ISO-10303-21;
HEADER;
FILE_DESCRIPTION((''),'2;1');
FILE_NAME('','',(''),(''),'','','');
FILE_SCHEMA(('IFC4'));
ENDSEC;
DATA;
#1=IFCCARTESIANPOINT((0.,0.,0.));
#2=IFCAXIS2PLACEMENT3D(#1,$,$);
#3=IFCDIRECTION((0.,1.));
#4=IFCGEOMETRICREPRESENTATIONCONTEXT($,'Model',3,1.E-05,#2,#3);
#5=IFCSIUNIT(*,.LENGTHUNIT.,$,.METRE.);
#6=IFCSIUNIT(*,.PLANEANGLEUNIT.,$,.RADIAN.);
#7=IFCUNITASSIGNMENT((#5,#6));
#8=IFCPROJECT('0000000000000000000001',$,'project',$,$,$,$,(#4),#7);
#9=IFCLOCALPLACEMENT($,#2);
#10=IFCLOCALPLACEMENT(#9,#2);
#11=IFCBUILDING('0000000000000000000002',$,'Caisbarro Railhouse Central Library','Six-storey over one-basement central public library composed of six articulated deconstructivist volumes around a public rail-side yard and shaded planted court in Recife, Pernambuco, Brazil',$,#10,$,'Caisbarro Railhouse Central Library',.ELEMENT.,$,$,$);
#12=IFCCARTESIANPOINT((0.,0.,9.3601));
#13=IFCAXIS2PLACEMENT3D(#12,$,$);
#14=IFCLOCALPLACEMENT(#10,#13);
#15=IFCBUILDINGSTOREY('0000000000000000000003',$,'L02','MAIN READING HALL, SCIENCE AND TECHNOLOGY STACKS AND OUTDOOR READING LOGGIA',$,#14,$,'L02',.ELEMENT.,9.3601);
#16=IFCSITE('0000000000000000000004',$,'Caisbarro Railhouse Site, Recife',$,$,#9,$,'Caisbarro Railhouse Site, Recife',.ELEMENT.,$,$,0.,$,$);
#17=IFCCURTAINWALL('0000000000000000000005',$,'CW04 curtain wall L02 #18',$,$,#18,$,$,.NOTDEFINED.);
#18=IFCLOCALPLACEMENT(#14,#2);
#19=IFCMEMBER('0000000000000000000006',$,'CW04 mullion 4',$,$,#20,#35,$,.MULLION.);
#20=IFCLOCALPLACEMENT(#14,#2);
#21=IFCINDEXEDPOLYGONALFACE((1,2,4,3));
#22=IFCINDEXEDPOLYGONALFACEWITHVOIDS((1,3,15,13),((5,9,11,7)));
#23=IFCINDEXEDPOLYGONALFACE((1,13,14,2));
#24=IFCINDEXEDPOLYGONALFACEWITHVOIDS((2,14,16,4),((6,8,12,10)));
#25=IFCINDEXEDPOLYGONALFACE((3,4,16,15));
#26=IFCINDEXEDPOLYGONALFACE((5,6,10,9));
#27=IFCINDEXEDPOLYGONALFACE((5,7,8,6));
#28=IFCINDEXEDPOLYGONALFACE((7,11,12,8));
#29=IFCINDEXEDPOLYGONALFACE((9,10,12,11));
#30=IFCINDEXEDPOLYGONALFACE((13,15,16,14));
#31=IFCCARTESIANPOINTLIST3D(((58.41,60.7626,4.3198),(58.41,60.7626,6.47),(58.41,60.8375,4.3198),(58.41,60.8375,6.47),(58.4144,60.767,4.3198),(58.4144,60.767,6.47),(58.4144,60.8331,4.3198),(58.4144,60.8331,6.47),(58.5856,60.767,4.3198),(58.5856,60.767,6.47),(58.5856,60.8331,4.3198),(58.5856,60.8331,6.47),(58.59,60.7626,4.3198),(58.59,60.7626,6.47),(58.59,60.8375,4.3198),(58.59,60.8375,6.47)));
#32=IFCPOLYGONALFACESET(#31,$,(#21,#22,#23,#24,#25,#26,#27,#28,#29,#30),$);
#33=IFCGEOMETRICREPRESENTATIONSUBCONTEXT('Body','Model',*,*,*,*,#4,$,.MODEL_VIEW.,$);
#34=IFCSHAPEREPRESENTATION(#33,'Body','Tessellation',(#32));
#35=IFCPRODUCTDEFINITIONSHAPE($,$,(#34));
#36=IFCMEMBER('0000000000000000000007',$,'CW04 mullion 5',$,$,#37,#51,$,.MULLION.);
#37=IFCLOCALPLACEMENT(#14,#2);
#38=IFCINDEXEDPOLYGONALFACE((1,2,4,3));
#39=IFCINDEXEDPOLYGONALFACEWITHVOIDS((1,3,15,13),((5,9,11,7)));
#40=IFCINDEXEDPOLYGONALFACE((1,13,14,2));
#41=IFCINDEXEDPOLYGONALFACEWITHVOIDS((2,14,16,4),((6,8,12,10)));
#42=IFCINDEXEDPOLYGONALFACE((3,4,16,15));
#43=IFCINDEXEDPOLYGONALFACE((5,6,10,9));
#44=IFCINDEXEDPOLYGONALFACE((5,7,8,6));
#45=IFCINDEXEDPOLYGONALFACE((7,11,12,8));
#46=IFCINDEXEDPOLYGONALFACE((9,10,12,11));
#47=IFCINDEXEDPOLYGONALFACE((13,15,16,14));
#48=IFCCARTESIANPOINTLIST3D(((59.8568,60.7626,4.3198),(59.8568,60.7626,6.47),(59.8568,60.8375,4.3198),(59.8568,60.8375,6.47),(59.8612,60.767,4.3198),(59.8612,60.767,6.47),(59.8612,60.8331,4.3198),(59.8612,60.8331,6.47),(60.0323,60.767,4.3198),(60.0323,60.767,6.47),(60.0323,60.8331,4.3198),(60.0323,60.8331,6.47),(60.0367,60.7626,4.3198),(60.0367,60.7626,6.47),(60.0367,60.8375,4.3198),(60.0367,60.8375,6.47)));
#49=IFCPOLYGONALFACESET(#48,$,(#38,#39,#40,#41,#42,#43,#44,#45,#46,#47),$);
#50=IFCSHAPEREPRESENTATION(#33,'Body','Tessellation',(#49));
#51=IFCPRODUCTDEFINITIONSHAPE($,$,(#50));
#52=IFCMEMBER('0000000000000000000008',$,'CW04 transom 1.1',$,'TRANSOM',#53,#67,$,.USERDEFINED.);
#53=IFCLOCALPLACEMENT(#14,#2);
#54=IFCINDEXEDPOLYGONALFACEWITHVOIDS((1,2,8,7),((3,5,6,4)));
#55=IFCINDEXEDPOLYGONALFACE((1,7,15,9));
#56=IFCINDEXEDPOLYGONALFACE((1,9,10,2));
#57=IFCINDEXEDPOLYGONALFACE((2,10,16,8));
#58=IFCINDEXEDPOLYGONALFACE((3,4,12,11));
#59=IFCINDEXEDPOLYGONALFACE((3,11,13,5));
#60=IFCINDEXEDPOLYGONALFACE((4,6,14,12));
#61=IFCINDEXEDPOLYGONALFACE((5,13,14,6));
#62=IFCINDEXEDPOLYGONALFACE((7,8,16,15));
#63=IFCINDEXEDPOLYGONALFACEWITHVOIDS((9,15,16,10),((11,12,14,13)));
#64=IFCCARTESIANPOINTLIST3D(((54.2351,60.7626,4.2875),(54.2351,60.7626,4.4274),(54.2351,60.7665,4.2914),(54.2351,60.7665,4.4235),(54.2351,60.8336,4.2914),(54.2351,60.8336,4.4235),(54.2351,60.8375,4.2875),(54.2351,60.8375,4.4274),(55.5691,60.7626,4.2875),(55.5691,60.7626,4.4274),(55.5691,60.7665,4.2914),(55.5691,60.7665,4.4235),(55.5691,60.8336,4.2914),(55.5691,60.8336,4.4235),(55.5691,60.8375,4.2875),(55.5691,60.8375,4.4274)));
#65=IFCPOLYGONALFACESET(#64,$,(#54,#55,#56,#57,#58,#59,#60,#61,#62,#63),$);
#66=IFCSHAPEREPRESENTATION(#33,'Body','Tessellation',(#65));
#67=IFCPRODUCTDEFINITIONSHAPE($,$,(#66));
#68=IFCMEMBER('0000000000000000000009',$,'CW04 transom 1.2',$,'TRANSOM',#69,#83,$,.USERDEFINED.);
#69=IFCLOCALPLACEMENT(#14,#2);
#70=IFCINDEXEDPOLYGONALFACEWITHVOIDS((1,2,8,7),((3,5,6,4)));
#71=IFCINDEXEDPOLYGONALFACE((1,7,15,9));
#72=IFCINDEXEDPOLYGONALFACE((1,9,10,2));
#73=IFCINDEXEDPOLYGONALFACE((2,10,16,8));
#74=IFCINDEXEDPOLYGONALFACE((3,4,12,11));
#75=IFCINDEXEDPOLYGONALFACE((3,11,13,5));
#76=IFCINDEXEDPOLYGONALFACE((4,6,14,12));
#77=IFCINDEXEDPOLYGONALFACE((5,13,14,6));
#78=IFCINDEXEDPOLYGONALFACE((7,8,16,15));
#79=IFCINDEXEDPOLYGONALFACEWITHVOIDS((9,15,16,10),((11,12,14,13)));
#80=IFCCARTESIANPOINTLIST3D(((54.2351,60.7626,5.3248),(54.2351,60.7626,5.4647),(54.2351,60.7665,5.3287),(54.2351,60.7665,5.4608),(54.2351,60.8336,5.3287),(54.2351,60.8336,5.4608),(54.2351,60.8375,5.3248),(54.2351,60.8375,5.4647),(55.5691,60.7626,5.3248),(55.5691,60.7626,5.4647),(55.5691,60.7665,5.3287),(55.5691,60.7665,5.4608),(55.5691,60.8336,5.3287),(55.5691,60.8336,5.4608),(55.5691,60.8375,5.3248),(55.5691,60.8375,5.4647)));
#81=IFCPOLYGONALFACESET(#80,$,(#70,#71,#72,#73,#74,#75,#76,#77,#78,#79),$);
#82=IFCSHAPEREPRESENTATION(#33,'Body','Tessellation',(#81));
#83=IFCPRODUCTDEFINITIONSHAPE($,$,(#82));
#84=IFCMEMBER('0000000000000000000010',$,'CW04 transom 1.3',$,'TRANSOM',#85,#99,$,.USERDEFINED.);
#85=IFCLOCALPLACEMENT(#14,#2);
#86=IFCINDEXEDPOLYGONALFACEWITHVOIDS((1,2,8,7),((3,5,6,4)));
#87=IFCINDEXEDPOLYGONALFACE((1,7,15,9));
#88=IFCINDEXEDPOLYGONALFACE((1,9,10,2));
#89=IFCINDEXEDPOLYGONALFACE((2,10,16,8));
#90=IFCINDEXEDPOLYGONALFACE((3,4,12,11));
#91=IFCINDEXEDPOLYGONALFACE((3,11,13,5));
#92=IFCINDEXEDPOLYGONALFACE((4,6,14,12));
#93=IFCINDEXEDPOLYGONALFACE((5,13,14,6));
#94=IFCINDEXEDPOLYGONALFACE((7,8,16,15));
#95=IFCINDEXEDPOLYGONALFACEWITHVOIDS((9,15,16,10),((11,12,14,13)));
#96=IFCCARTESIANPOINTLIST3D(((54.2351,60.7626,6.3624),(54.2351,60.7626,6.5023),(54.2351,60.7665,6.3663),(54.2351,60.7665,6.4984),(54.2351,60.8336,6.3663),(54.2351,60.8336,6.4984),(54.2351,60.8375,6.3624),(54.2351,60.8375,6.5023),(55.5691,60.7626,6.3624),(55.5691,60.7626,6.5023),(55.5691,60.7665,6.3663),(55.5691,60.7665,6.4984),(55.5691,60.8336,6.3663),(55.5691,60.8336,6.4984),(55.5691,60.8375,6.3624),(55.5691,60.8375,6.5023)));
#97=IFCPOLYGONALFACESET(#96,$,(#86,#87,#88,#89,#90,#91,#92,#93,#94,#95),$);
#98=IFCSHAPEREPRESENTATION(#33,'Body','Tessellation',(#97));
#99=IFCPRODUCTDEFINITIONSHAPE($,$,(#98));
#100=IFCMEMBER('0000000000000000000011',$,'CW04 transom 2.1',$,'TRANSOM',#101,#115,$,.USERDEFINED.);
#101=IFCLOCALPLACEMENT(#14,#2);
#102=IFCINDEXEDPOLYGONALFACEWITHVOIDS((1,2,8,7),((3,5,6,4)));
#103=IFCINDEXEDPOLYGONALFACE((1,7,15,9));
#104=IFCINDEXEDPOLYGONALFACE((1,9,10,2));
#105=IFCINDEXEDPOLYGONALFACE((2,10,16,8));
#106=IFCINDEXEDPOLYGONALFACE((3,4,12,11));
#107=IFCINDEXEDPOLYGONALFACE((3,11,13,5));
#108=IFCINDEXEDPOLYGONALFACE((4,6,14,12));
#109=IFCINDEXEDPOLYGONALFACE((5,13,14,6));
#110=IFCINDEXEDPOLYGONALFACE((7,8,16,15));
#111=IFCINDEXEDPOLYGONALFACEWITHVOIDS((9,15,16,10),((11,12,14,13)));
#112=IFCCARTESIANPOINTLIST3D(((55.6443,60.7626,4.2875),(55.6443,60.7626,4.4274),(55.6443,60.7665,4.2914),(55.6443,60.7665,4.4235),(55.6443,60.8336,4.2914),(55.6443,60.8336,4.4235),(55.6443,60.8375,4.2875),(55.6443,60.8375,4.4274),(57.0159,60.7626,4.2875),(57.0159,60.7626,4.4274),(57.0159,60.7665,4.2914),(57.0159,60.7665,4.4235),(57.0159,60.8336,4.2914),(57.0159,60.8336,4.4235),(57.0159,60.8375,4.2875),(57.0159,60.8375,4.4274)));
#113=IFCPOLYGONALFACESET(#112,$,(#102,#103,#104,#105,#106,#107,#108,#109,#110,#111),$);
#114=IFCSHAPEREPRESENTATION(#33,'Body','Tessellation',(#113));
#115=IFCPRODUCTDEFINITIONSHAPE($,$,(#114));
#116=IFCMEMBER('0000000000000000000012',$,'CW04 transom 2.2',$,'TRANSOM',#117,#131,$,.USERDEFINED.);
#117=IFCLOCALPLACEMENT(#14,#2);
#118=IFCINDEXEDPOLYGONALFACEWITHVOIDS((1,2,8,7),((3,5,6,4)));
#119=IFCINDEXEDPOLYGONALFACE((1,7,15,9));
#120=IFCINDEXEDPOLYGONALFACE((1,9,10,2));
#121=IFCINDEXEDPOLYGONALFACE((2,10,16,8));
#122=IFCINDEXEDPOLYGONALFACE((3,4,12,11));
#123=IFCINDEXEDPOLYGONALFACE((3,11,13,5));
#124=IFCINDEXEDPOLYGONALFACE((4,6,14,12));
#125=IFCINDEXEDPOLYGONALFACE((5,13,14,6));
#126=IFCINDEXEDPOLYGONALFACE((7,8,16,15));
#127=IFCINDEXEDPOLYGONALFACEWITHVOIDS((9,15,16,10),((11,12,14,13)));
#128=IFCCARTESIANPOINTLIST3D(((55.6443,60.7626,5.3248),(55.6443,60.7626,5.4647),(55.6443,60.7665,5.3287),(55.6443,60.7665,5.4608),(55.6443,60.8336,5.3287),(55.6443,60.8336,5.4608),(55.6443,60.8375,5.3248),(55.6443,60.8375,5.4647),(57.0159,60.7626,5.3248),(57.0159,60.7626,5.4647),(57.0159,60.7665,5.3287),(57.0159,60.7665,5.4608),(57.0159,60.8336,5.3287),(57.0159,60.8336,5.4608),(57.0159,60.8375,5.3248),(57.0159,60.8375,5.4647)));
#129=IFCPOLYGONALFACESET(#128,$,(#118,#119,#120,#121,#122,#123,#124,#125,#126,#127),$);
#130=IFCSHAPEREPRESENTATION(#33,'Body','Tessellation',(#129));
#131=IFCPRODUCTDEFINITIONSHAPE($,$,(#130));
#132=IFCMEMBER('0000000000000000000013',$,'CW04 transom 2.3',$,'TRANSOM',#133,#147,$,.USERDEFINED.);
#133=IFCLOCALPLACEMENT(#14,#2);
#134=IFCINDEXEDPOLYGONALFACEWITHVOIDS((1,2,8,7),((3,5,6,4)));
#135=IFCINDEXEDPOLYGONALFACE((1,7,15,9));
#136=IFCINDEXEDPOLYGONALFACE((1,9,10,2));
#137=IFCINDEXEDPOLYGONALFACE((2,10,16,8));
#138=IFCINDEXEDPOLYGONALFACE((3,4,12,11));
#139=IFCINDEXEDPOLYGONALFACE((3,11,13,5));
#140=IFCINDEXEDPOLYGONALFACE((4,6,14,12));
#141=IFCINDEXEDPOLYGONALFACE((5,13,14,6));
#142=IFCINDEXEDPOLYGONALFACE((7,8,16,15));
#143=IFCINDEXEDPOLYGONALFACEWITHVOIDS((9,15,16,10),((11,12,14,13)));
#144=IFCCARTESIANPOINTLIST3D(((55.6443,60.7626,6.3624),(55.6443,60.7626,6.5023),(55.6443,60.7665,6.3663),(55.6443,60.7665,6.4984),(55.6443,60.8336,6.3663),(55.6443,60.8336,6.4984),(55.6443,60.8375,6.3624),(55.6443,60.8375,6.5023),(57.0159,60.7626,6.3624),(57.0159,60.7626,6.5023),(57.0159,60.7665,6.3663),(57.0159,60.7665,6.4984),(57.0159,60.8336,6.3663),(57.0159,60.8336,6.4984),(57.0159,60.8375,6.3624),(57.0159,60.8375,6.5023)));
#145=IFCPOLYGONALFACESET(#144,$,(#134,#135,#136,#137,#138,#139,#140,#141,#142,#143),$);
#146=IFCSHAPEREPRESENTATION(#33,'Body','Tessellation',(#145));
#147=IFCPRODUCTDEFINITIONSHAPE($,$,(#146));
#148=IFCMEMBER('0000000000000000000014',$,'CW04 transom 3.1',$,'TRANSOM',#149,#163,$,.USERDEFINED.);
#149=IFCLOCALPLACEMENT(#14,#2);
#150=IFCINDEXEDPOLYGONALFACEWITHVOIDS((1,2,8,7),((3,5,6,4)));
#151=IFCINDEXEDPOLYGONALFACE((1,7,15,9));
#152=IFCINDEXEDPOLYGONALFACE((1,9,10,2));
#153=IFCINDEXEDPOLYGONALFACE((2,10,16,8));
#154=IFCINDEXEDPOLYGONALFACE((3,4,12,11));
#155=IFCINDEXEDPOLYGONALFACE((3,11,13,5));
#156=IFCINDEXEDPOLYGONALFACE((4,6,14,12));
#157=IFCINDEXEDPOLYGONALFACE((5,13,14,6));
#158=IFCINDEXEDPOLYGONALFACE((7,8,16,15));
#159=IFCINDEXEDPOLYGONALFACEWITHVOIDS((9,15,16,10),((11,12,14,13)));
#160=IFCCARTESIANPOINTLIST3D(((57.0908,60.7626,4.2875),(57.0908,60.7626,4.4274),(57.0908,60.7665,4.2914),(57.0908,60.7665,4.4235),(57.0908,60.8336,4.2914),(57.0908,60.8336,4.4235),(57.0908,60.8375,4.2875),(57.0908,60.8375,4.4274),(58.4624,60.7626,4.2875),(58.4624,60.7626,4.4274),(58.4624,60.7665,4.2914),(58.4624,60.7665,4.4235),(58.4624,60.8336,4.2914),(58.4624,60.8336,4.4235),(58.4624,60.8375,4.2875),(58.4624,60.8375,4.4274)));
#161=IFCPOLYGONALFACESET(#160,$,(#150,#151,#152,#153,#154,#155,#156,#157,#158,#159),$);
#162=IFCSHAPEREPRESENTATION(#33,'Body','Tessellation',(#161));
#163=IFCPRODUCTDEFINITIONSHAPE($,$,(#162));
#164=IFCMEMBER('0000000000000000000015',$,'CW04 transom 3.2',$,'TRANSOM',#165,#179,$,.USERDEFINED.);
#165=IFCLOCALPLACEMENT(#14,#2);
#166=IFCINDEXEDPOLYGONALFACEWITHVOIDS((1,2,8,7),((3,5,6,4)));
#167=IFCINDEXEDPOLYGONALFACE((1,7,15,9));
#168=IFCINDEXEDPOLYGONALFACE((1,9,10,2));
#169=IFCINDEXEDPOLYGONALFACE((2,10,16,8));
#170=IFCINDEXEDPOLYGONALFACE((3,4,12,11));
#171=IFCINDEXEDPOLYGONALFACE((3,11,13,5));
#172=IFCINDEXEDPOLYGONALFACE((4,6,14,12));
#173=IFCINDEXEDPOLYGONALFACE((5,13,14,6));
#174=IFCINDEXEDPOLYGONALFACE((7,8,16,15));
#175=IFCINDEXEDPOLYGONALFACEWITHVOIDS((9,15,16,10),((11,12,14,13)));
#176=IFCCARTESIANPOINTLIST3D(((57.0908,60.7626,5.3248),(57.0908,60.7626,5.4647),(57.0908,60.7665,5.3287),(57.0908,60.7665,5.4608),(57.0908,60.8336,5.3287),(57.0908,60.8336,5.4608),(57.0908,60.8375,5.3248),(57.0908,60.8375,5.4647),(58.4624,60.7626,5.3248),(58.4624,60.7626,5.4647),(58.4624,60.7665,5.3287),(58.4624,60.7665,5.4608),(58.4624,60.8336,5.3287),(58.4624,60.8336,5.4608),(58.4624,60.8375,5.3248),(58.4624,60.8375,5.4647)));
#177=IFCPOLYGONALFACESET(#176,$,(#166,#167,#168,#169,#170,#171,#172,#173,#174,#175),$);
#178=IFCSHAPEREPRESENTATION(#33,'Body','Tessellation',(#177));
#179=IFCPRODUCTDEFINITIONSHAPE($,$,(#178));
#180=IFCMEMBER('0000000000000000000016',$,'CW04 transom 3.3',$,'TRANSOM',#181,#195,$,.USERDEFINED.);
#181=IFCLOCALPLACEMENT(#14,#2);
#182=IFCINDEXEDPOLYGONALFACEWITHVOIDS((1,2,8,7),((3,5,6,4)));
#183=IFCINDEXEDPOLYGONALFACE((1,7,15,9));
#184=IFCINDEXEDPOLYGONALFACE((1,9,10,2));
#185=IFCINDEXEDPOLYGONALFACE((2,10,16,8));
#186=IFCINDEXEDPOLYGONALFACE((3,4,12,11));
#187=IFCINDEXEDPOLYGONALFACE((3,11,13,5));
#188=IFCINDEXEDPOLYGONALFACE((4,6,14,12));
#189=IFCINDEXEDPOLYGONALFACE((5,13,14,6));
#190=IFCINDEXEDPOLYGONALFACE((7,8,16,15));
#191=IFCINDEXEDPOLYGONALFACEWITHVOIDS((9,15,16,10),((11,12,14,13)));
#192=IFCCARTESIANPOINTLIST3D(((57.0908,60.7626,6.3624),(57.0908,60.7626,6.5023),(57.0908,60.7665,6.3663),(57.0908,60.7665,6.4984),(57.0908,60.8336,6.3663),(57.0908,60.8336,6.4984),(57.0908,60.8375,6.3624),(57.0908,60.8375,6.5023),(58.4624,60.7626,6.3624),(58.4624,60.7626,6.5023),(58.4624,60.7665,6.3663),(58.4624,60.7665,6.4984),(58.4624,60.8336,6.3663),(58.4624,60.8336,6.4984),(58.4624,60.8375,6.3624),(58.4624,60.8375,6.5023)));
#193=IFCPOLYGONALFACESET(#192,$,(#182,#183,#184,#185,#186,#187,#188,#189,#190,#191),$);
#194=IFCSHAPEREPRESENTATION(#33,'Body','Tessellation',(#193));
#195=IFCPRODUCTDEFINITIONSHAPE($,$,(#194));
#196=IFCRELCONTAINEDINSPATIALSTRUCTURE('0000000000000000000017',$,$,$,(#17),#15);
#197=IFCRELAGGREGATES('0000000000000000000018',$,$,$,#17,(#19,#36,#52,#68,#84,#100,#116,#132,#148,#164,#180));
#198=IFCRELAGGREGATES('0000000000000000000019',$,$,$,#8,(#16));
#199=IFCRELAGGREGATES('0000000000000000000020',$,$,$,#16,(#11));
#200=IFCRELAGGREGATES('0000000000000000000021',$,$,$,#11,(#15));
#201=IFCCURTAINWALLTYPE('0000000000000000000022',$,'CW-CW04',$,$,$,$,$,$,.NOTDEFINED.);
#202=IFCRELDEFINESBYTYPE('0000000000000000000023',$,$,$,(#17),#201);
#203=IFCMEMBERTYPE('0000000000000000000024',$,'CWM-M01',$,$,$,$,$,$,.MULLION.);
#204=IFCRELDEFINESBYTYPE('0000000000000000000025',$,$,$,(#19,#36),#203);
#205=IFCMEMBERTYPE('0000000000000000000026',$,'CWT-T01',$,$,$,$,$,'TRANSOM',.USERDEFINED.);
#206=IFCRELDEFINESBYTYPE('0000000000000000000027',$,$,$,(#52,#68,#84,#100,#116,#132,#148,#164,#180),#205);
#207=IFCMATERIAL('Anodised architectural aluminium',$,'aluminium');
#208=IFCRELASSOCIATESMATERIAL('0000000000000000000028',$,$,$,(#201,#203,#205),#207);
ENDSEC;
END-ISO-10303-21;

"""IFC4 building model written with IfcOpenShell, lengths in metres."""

from ifc_helpers import new_model, si_unit, direction, frame, origin, origin_2d, place, context, subcontext, project, spatial, hollow_rectangle, extrude, material, material_profile, profile_set, type_object, element, aggregate, save


model = new_model("IFC4")

# Units and contexts
model_context = context("Model", 3, precision=1e-05, world=origin(), true_north=direction((0.0, 1.0)))
body_context = subcontext(model_context, "Body", "Model", "MODEL_VIEW")
ifc_project = project(units=[si_unit("LENGTHUNIT", "METRE"), si_unit("PLANEANGLEUNIT", "RADIAN")], contexts=[model_context])

# Site, building, storey
site_placement = place(None, origin())
site = spatial("IfcSite", under=ifc_project, at=site_placement, Name="Caisbarro Railhouse Site, Recife", LongName="Caisbarro Railhouse Site, Recife", CompositionType="ELEMENT", RefElevation=0.0)
building_placement = place(site_placement, origin())
building = spatial("IfcBuilding", under=site, at=building_placement, Name="Caisbarro Railhouse Central Library", Description="Six-storey over one-basement central public library composed of six articulated deconstructivist volumes around a public rail-side yard and shaded planted court in Recife, Pernambuco, Brazil", LongName="Caisbarro Railhouse Central Library", CompositionType="ELEMENT")
storey_placement = place(building_placement, frame((0.0, 0.0, 9.3601)))
storey = spatial("IfcBuildingStorey", under=building, at=storey_placement, Name="L02", Description="MAIN READING HALL, SCIENCE AND TECHNOLOGY STACKS AND OUTDOOR READING LOGGIA", LongName="L02", CompositionType="ELEMENT", Elevation=9.3601)

# Curtain wall, members
ifc_material_1 = material(Name="Anodised architectural aluminium", Category="aluminium")
curtain_wall_type = type_object("IfcCurtainWallType", Name="CW-CW04", PredefinedType="NOTDEFINED", material=ifc_material_1)
curtain_wall_placement = place(storey_placement, origin())
curtain_wall = element("IfcCurtainWall", 1, at=curtain_wall_placement, inside=storey, type_object=curtain_wall_type, Name="CW04 curtain wall L02 #18", PredefinedType="NOTDEFINED")
ifc_material_profile_1 = material_profile(ifc_material_1, hollow_rectangle(XDim=0.075, YDim=0.1799, WallThickness=0.0044, at=origin_2d()), Name="ALU-MUL-75X180")
ifc_profile_set_1 = profile_set([ifc_material_profile_1], Name="Anodised architectural aluminium")
member_type_1 = type_object("IfcMemberType", Name="CWM-M01", PredefinedType="MULLION", material=ifc_profile_set_1)
member_1_placement = place(storey_placement, frame((58.5, 60.8, 4.3198), z_axis=(0.0, 0.0, 1.0), x_axis=(0.0, 1.0, 0.0)))
member_1 = element("IfcMember", 2, at=member_1_placement, type_object=member_type_1, Name="CW04 mullion 4", PredefinedType="MULLION", context=body_context, shape_type="SweptSolid", body=[
    extrude(hollow_rectangle(XDim=0.075, YDim=0.1799, WallThickness=0.0044, at=origin_2d()), origin(), (0.0, 0.0, 1.0), 2.1501),
])
member_2_placement = place(storey_placement, frame((59.9468, 60.8, 4.3198), z_axis=(0.0, 0.0, 1.0), x_axis=(0.0, 1.0, 0.0)))
member_2 = element("IfcMember", 3, at=member_2_placement, type_object=member_type_1, Name="CW04 mullion 5", PredefinedType="MULLION", context=body_context, shape_type="SweptSolid", body=[
    extrude(hollow_rectangle(XDim=0.075, YDim=0.1799, WallThickness=0.0044, at=origin_2d()), origin(), (0.0, 0.0, 1.0), 2.1501),
])
ifc_material_profile_2 = material_profile(ifc_material_1, hollow_rectangle(XDim=0.075, YDim=0.1399, WallThickness=0.0039, at=origin_2d()), Name="ALU-TRN-75X140")
ifc_profile_set_2 = profile_set([ifc_material_profile_2], Name="Anodised architectural aluminium")
member_type_2 = type_object("IfcMemberType", Name="CWT-T01", ElementType="TRANSOM", PredefinedType="USERDEFINED", material=ifc_profile_set_2)
member_3_placement = place(storey_placement, frame((54.2351, 60.8, 4.3574), z_axis=(1.0, 0.0, 0.0), x_axis=(0.0, 1.0, 0.0)))
member_3 = element("IfcMember", 4, at=member_3_placement, type_object=member_type_2, Name="CW04 transom 1.1", ObjectType="TRANSOM", PredefinedType="USERDEFINED", context=body_context, shape_type="SweptSolid", body=[
    extrude(hollow_rectangle(XDim=0.075, YDim=0.1399, WallThickness=0.0039, at=origin_2d()), origin(), (0.0, 0.0, 1.0), 1.334),
])
member_4_placement = place(storey_placement, frame((54.2351, 60.8, 5.3948), z_axis=(1.0, 0.0, 0.0), x_axis=(0.0, 1.0, 0.0)))
member_4 = element("IfcMember", 5, at=member_4_placement, type_object=member_type_2, Name="CW04 transom 1.2", ObjectType="TRANSOM", PredefinedType="USERDEFINED", context=body_context, shape_type="SweptSolid", body=[
    extrude(hollow_rectangle(XDim=0.075, YDim=0.1399, WallThickness=0.0039, at=origin_2d()), origin(), (0.0, 0.0, 1.0), 1.334),
])
member_5_placement = place(storey_placement, frame((54.2351, 60.8, 6.4324), z_axis=(1.0, 0.0, 0.0), x_axis=(0.0, 1.0, 0.0)))
member_5 = element("IfcMember", 6, at=member_5_placement, type_object=member_type_2, Name="CW04 transom 1.3", ObjectType="TRANSOM", PredefinedType="USERDEFINED", context=body_context, shape_type="SweptSolid", body=[
    extrude(hollow_rectangle(XDim=0.075, YDim=0.1399, WallThickness=0.0039, at=origin_2d()), origin(), (0.0, 0.0, 1.0), 1.334),
])
member_6_placement = place(storey_placement, frame((55.6443, 60.8, 4.3574), z_axis=(1.0, 0.0, 0.0), x_axis=(0.0, 1.0, 0.0)))
member_6 = element("IfcMember", 7, at=member_6_placement, type_object=member_type_2, Name="CW04 transom 2.1", ObjectType="TRANSOM", PredefinedType="USERDEFINED", context=body_context, shape_type="SweptSolid", body=[
    extrude(hollow_rectangle(XDim=0.075, YDim=0.1399, WallThickness=0.0039, at=origin_2d()), origin(), (0.0, 0.0, 1.0), 1.3716),
])
member_7_placement = place(storey_placement, frame((55.6443, 60.8, 5.3948), z_axis=(1.0, 0.0, 0.0), x_axis=(0.0, 1.0, 0.0)))
member_7 = element("IfcMember", 8, at=member_7_placement, type_object=member_type_2, Name="CW04 transom 2.2", ObjectType="TRANSOM", PredefinedType="USERDEFINED", context=body_context, shape_type="SweptSolid", body=[
    extrude(hollow_rectangle(XDim=0.075, YDim=0.1399, WallThickness=0.0039, at=origin_2d()), origin(), (0.0, 0.0, 1.0), 1.3716),
])
member_8_placement = place(storey_placement, frame((55.6443, 60.8, 6.4324), z_axis=(1.0, 0.0, 0.0), x_axis=(0.0, 1.0, 0.0)))
member_8 = element("IfcMember", 9, at=member_8_placement, type_object=member_type_2, Name="CW04 transom 2.3", ObjectType="TRANSOM", PredefinedType="USERDEFINED", context=body_context, shape_type="SweptSolid", body=[
    extrude(hollow_rectangle(XDim=0.075, YDim=0.1399, WallThickness=0.0039, at=origin_2d()), origin(), (0.0, 0.0, 1.0), 1.3716),
])
member_9_placement = place(storey_placement, frame((57.0908, 60.8, 4.3574), z_axis=(1.0, 0.0, 0.0), x_axis=(0.0, 1.0, 0.0)))
member_9 = element("IfcMember", 10, at=member_9_placement, type_object=member_type_2, Name="CW04 transom 3.1", ObjectType="TRANSOM", PredefinedType="USERDEFINED", context=body_context, shape_type="SweptSolid", body=[
    extrude(hollow_rectangle(XDim=0.075, YDim=0.1399, WallThickness=0.0039, at=origin_2d()), origin(), (0.0, 0.0, 1.0), 1.3716),
])
member_10_placement = place(storey_placement, frame((57.0908, 60.8, 5.3948), z_axis=(1.0, 0.0, 0.0), x_axis=(0.0, 1.0, 0.0)))
member_10 = element("IfcMember", 11, at=member_10_placement, type_object=member_type_2, Name="CW04 transom 3.2", ObjectType="TRANSOM", PredefinedType="USERDEFINED", context=body_context, shape_type="SweptSolid", body=[
    extrude(hollow_rectangle(XDim=0.075, YDim=0.1399, WallThickness=0.0039, at=origin_2d()), origin(), (0.0, 0.0, 1.0), 1.3716),
])
member_11_placement = place(storey_placement, frame((57.0908, 60.8, 6.4324), z_axis=(1.0, 0.0, 0.0), x_axis=(0.0, 1.0, 0.0)))
member_11 = element("IfcMember", 12, at=member_11_placement, type_object=member_type_2, Name="CW04 transom 3.3", ObjectType="TRANSOM", PredefinedType="USERDEFINED", context=body_context, shape_type="SweptSolid", body=[
    extrude(hollow_rectangle(XDim=0.075, YDim=0.1399, WallThickness=0.0039, at=origin_2d()), origin(), (0.0, 0.0, 1.0), 1.3716),
])
aggregate(curtain_wall, [member_1, member_2, member_3, member_4, member_5, member_6, member_7, member_8, member_9, member_10, member_11])

save(model, "model.ifc")
